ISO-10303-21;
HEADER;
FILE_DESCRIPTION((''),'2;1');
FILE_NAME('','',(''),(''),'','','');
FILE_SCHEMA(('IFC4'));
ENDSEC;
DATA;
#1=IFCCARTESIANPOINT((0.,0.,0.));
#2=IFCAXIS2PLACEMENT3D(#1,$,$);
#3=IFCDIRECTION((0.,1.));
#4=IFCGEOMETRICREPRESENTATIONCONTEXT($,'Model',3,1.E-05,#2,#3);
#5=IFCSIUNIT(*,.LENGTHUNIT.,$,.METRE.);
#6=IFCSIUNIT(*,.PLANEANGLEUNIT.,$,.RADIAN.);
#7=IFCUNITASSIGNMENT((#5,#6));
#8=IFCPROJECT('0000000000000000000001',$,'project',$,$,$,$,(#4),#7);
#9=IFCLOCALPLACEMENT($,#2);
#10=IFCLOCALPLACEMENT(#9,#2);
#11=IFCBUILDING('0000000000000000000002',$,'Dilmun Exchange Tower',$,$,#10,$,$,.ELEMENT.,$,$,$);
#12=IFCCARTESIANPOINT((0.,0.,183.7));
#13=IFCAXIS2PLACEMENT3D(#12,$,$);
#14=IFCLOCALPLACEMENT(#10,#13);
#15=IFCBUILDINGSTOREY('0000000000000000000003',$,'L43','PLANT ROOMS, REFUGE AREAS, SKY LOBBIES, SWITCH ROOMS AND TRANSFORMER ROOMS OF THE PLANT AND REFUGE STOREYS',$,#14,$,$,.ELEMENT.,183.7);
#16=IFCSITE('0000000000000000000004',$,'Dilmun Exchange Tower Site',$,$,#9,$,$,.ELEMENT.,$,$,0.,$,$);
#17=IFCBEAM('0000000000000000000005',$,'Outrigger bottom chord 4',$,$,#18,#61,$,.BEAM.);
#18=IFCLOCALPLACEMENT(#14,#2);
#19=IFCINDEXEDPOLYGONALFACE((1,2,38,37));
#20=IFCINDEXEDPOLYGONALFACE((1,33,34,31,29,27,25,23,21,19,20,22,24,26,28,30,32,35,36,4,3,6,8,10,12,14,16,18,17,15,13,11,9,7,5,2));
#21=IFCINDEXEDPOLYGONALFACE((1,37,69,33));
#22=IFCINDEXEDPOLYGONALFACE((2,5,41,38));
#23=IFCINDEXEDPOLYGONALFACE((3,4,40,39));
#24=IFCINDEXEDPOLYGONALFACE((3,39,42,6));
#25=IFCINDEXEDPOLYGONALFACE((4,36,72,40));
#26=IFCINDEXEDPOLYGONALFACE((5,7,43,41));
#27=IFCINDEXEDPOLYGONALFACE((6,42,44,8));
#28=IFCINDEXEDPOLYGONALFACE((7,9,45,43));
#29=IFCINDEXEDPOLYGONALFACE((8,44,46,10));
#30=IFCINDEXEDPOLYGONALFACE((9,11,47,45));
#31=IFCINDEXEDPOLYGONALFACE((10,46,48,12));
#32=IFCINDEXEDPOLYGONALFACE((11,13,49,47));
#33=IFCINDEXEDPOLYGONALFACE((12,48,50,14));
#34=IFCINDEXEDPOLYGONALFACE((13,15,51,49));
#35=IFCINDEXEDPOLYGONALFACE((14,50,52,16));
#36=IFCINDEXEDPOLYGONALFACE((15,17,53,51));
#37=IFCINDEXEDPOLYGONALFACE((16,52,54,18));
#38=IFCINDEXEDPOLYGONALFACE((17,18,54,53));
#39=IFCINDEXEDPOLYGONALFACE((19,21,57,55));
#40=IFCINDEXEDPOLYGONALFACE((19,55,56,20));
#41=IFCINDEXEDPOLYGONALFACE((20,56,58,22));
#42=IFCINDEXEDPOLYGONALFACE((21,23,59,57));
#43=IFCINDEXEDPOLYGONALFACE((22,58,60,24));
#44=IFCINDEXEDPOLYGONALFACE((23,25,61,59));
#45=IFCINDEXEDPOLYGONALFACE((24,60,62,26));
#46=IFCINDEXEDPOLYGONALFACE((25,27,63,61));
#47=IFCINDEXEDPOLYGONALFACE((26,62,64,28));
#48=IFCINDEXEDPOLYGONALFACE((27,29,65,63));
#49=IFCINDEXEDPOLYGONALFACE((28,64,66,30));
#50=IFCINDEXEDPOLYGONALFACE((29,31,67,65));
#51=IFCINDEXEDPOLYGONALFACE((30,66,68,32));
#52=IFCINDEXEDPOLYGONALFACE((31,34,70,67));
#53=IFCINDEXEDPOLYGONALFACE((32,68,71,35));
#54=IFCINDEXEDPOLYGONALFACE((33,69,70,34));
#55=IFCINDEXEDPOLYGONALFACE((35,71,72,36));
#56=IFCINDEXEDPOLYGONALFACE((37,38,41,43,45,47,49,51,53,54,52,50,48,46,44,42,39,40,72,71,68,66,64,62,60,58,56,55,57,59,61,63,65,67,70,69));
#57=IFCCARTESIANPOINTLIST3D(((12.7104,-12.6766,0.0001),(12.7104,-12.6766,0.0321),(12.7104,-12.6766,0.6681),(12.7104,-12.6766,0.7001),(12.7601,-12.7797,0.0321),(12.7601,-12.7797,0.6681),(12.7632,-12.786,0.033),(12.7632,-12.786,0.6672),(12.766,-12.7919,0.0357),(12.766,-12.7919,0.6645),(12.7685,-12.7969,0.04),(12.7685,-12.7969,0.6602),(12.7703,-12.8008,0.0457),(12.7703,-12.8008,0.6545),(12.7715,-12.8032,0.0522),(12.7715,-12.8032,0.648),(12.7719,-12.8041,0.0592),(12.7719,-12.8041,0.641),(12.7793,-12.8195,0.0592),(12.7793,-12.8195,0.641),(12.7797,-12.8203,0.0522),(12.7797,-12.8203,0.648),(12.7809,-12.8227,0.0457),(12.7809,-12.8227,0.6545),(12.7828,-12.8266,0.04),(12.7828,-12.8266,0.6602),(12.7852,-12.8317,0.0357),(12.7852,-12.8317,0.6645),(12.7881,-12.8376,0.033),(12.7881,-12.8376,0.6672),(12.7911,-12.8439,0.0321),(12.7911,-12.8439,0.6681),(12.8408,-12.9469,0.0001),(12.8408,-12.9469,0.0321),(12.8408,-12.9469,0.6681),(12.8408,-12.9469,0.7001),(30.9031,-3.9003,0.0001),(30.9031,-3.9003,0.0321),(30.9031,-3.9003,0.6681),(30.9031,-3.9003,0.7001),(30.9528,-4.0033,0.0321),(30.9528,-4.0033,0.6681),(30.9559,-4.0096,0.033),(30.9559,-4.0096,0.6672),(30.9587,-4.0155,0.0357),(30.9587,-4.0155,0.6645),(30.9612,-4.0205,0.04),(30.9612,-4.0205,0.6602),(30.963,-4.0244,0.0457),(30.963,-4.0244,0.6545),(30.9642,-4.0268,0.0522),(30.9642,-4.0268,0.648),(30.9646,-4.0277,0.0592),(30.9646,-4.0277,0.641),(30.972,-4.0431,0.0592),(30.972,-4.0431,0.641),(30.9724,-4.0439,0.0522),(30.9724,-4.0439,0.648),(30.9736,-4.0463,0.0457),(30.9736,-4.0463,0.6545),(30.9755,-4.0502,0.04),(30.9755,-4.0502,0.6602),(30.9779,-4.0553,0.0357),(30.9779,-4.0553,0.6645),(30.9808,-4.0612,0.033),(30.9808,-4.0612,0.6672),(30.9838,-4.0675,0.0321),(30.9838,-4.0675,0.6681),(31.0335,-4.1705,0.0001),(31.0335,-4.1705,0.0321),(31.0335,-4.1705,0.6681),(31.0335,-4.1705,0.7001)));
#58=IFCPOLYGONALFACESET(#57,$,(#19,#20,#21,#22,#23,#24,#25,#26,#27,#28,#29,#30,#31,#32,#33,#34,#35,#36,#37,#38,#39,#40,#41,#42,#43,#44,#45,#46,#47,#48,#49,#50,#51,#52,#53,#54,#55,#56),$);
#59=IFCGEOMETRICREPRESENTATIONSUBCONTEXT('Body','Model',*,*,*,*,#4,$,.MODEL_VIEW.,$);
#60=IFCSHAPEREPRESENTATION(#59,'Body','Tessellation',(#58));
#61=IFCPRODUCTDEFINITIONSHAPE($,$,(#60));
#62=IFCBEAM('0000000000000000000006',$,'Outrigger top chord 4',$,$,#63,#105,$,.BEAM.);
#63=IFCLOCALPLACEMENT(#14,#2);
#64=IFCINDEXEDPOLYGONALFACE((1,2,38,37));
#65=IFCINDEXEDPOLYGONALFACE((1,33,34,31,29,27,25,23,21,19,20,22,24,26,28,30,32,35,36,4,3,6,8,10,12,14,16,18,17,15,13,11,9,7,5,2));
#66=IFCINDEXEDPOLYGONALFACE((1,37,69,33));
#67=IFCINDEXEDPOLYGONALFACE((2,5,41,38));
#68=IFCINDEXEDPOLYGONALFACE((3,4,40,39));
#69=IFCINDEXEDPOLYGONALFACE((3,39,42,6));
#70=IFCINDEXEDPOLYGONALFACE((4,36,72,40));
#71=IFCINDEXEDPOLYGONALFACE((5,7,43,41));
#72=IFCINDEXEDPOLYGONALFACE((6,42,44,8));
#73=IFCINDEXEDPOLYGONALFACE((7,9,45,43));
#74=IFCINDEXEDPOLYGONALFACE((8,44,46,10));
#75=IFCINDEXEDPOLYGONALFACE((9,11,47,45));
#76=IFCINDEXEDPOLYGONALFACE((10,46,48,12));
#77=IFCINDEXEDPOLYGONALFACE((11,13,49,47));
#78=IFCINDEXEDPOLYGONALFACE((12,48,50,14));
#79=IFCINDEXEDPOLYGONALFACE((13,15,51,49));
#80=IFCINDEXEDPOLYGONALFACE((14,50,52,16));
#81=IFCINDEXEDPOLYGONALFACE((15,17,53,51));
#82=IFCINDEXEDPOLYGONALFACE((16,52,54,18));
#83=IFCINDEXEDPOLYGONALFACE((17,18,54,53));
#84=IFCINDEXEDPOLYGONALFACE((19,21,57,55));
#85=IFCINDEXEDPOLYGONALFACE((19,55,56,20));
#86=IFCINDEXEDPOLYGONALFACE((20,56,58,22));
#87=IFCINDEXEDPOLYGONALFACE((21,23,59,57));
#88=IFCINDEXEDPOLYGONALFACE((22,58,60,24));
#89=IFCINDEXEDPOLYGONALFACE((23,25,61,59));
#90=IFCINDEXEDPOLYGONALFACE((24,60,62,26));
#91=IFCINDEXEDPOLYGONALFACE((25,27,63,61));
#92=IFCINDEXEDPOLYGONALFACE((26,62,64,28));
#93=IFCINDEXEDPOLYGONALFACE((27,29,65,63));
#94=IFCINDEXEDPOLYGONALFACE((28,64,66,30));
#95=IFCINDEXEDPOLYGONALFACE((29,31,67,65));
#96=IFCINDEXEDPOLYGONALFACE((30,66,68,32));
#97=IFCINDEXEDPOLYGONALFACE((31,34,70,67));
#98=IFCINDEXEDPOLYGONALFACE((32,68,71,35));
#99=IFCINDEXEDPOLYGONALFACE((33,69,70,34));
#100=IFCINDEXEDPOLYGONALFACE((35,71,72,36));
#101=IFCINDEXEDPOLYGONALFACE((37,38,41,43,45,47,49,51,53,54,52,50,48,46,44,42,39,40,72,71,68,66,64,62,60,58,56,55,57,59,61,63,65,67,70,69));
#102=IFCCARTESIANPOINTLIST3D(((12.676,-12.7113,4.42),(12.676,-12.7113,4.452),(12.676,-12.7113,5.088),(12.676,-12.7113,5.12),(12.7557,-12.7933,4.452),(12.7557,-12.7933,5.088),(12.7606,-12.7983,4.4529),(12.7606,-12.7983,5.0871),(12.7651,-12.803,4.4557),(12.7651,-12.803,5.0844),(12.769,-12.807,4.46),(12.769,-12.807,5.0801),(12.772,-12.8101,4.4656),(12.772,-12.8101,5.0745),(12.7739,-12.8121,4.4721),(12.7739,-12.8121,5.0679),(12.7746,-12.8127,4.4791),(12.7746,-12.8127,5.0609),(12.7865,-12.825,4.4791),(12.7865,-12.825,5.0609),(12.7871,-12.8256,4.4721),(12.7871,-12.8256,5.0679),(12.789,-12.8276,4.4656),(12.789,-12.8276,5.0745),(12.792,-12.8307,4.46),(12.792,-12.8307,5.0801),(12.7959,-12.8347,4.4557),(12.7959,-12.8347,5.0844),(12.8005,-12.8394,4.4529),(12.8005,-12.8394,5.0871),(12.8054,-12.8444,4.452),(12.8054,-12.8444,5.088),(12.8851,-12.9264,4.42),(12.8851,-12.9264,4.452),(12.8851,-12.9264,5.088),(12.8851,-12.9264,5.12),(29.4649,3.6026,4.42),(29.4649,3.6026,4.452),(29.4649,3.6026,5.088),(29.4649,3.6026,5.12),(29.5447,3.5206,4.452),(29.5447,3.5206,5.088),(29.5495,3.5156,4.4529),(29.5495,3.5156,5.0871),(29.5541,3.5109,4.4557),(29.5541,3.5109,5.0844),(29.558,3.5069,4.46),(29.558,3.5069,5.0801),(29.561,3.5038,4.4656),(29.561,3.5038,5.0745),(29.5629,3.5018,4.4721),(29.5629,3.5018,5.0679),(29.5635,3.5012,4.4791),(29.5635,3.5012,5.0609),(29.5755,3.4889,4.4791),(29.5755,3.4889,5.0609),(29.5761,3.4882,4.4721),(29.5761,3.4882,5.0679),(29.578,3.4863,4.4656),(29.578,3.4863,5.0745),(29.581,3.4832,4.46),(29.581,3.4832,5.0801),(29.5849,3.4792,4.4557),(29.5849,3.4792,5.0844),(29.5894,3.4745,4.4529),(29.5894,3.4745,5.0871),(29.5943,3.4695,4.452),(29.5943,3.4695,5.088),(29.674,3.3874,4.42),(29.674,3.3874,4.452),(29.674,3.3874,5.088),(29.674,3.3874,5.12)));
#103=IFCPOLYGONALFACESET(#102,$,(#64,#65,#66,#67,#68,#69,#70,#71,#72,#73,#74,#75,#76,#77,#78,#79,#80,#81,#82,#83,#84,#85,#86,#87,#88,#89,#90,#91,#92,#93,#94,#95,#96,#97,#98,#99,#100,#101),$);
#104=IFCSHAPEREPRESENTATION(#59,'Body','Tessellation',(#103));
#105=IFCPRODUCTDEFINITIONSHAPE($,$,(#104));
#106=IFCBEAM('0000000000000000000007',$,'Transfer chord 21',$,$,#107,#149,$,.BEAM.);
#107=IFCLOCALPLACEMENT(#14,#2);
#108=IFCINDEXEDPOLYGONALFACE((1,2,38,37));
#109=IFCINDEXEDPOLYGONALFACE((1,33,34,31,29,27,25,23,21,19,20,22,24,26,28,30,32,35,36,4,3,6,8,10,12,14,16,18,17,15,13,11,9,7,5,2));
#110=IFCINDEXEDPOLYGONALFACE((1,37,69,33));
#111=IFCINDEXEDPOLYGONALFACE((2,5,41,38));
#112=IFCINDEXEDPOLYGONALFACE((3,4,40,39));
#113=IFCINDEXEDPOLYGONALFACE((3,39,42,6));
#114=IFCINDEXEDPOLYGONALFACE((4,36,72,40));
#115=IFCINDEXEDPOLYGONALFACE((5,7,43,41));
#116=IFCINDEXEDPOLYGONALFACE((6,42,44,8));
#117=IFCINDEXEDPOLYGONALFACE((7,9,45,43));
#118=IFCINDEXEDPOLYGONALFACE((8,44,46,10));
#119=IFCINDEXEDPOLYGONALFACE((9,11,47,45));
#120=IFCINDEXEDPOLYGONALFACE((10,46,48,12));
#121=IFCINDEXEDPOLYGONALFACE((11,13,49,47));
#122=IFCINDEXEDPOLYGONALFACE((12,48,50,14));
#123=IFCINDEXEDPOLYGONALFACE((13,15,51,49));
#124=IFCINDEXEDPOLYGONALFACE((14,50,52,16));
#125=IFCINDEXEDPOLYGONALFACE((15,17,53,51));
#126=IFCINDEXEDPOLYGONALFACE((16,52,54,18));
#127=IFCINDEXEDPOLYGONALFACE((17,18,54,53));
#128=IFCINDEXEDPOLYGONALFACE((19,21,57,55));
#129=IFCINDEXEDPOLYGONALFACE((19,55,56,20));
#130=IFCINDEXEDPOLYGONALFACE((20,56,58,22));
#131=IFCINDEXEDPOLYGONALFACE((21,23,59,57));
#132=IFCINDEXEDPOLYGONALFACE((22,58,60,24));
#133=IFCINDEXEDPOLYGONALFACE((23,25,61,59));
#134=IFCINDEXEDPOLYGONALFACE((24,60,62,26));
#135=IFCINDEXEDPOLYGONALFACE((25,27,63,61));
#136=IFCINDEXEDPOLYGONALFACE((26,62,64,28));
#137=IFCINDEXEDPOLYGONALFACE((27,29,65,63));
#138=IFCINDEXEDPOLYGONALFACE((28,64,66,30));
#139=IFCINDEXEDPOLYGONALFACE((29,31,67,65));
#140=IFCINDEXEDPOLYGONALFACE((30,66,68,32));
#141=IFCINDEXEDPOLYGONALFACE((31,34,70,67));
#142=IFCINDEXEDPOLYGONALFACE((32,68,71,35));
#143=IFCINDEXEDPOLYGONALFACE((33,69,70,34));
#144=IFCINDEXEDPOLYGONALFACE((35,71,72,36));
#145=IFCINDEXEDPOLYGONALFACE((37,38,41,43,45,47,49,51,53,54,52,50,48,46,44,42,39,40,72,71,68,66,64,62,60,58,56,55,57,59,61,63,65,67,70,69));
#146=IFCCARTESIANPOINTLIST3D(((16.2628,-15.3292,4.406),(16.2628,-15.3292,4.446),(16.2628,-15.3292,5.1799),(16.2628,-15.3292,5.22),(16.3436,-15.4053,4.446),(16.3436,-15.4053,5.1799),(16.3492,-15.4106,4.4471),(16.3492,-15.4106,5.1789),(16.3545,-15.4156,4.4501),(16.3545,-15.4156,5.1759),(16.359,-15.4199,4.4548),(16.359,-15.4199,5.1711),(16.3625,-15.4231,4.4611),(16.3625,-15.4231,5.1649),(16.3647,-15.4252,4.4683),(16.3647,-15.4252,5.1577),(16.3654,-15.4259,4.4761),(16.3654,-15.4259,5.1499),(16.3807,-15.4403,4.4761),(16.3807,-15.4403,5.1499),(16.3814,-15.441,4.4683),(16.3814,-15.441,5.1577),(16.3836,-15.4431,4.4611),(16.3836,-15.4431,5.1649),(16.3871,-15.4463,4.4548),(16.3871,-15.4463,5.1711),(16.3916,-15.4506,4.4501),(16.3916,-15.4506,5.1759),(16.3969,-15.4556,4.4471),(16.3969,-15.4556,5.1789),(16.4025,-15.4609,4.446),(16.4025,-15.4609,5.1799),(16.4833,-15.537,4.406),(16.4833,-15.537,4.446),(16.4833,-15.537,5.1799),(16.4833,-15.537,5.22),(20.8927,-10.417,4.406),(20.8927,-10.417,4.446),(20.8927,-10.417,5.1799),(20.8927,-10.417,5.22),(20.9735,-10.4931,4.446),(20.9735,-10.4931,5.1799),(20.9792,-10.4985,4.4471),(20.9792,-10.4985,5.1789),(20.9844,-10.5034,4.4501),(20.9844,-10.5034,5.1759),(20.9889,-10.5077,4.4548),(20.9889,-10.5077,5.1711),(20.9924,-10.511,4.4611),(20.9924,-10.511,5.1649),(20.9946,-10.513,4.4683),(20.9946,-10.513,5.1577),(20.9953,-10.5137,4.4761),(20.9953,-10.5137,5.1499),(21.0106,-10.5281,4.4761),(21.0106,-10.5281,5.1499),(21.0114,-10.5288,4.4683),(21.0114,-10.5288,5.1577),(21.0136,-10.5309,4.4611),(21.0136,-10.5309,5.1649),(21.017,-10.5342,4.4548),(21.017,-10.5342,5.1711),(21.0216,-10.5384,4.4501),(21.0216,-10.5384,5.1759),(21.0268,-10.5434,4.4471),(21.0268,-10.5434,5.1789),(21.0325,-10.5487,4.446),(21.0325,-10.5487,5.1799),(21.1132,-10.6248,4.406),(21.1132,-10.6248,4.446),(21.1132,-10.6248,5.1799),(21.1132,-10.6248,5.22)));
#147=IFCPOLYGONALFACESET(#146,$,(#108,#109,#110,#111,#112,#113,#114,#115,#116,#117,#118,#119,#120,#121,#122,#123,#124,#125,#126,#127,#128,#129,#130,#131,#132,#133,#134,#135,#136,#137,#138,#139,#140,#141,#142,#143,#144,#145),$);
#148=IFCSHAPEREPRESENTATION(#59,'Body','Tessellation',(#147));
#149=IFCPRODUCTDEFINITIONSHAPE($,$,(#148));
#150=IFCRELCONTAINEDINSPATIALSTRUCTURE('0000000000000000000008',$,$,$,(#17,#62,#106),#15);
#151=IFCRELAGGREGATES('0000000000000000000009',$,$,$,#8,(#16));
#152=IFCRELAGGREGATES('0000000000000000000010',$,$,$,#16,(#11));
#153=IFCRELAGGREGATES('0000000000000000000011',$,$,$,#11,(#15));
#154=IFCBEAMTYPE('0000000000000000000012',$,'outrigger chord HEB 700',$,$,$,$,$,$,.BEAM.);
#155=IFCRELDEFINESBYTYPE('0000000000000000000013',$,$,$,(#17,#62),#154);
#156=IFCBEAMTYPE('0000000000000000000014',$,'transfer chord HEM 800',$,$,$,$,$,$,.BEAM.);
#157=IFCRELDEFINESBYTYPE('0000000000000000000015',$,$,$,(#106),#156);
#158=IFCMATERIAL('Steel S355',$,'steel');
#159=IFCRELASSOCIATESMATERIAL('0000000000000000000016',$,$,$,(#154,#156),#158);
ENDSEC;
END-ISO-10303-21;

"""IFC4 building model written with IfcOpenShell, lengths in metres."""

from ifc_helpers import new_model, si_unit, direction, frame, origin, origin_2d, place, context, subcontext, project, spatial, i_section, extrude, material, material_profile, profile_set, type_object, element, save


model = new_model("IFC4")

# Units and contexts
model_context = context("Model", 3, precision=1e-05, world=origin(), true_north=direction((0.0, 1.0)))
body_context = subcontext(model_context, "Body", "Model", "MODEL_VIEW")
ifc_project = project(units=[si_unit("LENGTHUNIT", "METRE"), si_unit("PLANEANGLEUNIT", "RADIAN")], contexts=[model_context])

# Site, building, storey
site_placement = place(None, origin())
site = spatial("IfcSite", under=ifc_project, at=site_placement, Name="Dilmun Exchange Tower Site", CompositionType="ELEMENT", RefElevation=0.0)
building_placement = place(site_placement, origin())
building = spatial("IfcBuilding", under=site, at=building_placement, Name="Dilmun Exchange Tower", CompositionType="ELEMENT")
storey_placement = place(building_placement, frame((0.0, 0.0, 183.7)))
storey = spatial("IfcBuildingStorey", under=building, at=storey_placement, Name="L43", Description="PLANT ROOMS, REFUGE AREAS, SKY LOBBIES, SWITCH ROOMS AND TRANSFORMER ROOMS OF THE PLANT AND REFUGE STOREYS", CompositionType="ELEMENT", Elevation=183.7)

# Beams
ifc_material_1 = material(Name="Steel S355", Category="steel")
ifc_material_profile_1 = material_profile(ifc_material_1, i_section(OverallWidth=0.3, OverallDepth=0.7, WebThickness=0.0171, FlangeThickness=0.032, FilletRadius=0.0271, at=origin_2d()), Name="HEB 700")
ifc_profile_set_1 = profile_set([ifc_material_profile_1], Name="Steel S355")
beam_type_1 = type_object("IfcBeamType", Name="outrigger chord HEB 700", PredefinedType="BEAM", material=ifc_profile_set_1)
beam_1_placement = place(storey_placement, frame((12.7756, -12.8118, 0.3501), z_axis=(0.900673, 0.434497, 0.0), x_axis=(-0.434497, 0.900673, 0.0)))
element("IfcBeam", 1, at=beam_1_placement, inside=storey, type_object=beam_type_1, Name="Outrigger bottom chord 4", PredefinedType="BEAM", context=body_context, shape_type="SweptSolid", body=[
    extrude(i_section(OverallWidth=0.3, OverallDepth=0.7, WebThickness=0.0171, FlangeThickness=0.032, FilletRadius=0.0271, at=origin_2d()), origin(), (0.0, 0.0, 1.0), 20.199),
])
beam_2_placement = place(storey_placement, frame((12.7805, -12.8188, 4.77), z_axis=(0.717181, 0.696887, 0.0), x_axis=(-0.696887, 0.717181, 0.0)))
element("IfcBeam", 2, at=beam_2_placement, inside=storey, type_object=beam_type_1, Name="Outrigger top chord 4", PredefinedType="BEAM", context=body_context, shape_type="SweptSolid", body=[
    extrude(i_section(OverallWidth=0.3, OverallDepth=0.7, WebThickness=0.0171, FlangeThickness=0.032, FilletRadius=0.0271, at=origin_2d()), origin(), (0.0, 0.0, 1.0), 23.4097),
])
ifc_material_profile_2 = material_profile(ifc_material_1, i_section(OverallWidth=0.303, OverallDepth=0.814, WebThickness=0.021, FlangeThickness=0.04, FilletRadius=0.03, at=origin_2d()), Name="HEM 800")
ifc_profile_set_2 = profile_set([ifc_material_profile_2], Name="Steel S355")
beam_type_2 = type_object("IfcBeamType", Name="transfer chord HEM 800", PredefinedType="BEAM", material=ifc_profile_set_2)
beam_3_placement = place(storey_placement, frame((16.373, -15.4331, 4.813), z_axis=(0.685893, 0.727703, 0.0), x_axis=(-0.727703, 0.685893, 0.0)))
element("IfcBeam", 3, at=beam_3_placement, inside=storey, type_object=beam_type_2, Name="Transfer chord 21", PredefinedType="BEAM", context=body_context, shape_type="SweptSolid", body=[
    extrude(i_section(OverallWidth=0.303, OverallDepth=0.814, WebThickness=0.021, FlangeThickness=0.04, FilletRadius=0.03, at=origin_2d()), origin(), (0.0, 0.0, 1.0), 6.7502),
])

save(model, "model.ifc")
